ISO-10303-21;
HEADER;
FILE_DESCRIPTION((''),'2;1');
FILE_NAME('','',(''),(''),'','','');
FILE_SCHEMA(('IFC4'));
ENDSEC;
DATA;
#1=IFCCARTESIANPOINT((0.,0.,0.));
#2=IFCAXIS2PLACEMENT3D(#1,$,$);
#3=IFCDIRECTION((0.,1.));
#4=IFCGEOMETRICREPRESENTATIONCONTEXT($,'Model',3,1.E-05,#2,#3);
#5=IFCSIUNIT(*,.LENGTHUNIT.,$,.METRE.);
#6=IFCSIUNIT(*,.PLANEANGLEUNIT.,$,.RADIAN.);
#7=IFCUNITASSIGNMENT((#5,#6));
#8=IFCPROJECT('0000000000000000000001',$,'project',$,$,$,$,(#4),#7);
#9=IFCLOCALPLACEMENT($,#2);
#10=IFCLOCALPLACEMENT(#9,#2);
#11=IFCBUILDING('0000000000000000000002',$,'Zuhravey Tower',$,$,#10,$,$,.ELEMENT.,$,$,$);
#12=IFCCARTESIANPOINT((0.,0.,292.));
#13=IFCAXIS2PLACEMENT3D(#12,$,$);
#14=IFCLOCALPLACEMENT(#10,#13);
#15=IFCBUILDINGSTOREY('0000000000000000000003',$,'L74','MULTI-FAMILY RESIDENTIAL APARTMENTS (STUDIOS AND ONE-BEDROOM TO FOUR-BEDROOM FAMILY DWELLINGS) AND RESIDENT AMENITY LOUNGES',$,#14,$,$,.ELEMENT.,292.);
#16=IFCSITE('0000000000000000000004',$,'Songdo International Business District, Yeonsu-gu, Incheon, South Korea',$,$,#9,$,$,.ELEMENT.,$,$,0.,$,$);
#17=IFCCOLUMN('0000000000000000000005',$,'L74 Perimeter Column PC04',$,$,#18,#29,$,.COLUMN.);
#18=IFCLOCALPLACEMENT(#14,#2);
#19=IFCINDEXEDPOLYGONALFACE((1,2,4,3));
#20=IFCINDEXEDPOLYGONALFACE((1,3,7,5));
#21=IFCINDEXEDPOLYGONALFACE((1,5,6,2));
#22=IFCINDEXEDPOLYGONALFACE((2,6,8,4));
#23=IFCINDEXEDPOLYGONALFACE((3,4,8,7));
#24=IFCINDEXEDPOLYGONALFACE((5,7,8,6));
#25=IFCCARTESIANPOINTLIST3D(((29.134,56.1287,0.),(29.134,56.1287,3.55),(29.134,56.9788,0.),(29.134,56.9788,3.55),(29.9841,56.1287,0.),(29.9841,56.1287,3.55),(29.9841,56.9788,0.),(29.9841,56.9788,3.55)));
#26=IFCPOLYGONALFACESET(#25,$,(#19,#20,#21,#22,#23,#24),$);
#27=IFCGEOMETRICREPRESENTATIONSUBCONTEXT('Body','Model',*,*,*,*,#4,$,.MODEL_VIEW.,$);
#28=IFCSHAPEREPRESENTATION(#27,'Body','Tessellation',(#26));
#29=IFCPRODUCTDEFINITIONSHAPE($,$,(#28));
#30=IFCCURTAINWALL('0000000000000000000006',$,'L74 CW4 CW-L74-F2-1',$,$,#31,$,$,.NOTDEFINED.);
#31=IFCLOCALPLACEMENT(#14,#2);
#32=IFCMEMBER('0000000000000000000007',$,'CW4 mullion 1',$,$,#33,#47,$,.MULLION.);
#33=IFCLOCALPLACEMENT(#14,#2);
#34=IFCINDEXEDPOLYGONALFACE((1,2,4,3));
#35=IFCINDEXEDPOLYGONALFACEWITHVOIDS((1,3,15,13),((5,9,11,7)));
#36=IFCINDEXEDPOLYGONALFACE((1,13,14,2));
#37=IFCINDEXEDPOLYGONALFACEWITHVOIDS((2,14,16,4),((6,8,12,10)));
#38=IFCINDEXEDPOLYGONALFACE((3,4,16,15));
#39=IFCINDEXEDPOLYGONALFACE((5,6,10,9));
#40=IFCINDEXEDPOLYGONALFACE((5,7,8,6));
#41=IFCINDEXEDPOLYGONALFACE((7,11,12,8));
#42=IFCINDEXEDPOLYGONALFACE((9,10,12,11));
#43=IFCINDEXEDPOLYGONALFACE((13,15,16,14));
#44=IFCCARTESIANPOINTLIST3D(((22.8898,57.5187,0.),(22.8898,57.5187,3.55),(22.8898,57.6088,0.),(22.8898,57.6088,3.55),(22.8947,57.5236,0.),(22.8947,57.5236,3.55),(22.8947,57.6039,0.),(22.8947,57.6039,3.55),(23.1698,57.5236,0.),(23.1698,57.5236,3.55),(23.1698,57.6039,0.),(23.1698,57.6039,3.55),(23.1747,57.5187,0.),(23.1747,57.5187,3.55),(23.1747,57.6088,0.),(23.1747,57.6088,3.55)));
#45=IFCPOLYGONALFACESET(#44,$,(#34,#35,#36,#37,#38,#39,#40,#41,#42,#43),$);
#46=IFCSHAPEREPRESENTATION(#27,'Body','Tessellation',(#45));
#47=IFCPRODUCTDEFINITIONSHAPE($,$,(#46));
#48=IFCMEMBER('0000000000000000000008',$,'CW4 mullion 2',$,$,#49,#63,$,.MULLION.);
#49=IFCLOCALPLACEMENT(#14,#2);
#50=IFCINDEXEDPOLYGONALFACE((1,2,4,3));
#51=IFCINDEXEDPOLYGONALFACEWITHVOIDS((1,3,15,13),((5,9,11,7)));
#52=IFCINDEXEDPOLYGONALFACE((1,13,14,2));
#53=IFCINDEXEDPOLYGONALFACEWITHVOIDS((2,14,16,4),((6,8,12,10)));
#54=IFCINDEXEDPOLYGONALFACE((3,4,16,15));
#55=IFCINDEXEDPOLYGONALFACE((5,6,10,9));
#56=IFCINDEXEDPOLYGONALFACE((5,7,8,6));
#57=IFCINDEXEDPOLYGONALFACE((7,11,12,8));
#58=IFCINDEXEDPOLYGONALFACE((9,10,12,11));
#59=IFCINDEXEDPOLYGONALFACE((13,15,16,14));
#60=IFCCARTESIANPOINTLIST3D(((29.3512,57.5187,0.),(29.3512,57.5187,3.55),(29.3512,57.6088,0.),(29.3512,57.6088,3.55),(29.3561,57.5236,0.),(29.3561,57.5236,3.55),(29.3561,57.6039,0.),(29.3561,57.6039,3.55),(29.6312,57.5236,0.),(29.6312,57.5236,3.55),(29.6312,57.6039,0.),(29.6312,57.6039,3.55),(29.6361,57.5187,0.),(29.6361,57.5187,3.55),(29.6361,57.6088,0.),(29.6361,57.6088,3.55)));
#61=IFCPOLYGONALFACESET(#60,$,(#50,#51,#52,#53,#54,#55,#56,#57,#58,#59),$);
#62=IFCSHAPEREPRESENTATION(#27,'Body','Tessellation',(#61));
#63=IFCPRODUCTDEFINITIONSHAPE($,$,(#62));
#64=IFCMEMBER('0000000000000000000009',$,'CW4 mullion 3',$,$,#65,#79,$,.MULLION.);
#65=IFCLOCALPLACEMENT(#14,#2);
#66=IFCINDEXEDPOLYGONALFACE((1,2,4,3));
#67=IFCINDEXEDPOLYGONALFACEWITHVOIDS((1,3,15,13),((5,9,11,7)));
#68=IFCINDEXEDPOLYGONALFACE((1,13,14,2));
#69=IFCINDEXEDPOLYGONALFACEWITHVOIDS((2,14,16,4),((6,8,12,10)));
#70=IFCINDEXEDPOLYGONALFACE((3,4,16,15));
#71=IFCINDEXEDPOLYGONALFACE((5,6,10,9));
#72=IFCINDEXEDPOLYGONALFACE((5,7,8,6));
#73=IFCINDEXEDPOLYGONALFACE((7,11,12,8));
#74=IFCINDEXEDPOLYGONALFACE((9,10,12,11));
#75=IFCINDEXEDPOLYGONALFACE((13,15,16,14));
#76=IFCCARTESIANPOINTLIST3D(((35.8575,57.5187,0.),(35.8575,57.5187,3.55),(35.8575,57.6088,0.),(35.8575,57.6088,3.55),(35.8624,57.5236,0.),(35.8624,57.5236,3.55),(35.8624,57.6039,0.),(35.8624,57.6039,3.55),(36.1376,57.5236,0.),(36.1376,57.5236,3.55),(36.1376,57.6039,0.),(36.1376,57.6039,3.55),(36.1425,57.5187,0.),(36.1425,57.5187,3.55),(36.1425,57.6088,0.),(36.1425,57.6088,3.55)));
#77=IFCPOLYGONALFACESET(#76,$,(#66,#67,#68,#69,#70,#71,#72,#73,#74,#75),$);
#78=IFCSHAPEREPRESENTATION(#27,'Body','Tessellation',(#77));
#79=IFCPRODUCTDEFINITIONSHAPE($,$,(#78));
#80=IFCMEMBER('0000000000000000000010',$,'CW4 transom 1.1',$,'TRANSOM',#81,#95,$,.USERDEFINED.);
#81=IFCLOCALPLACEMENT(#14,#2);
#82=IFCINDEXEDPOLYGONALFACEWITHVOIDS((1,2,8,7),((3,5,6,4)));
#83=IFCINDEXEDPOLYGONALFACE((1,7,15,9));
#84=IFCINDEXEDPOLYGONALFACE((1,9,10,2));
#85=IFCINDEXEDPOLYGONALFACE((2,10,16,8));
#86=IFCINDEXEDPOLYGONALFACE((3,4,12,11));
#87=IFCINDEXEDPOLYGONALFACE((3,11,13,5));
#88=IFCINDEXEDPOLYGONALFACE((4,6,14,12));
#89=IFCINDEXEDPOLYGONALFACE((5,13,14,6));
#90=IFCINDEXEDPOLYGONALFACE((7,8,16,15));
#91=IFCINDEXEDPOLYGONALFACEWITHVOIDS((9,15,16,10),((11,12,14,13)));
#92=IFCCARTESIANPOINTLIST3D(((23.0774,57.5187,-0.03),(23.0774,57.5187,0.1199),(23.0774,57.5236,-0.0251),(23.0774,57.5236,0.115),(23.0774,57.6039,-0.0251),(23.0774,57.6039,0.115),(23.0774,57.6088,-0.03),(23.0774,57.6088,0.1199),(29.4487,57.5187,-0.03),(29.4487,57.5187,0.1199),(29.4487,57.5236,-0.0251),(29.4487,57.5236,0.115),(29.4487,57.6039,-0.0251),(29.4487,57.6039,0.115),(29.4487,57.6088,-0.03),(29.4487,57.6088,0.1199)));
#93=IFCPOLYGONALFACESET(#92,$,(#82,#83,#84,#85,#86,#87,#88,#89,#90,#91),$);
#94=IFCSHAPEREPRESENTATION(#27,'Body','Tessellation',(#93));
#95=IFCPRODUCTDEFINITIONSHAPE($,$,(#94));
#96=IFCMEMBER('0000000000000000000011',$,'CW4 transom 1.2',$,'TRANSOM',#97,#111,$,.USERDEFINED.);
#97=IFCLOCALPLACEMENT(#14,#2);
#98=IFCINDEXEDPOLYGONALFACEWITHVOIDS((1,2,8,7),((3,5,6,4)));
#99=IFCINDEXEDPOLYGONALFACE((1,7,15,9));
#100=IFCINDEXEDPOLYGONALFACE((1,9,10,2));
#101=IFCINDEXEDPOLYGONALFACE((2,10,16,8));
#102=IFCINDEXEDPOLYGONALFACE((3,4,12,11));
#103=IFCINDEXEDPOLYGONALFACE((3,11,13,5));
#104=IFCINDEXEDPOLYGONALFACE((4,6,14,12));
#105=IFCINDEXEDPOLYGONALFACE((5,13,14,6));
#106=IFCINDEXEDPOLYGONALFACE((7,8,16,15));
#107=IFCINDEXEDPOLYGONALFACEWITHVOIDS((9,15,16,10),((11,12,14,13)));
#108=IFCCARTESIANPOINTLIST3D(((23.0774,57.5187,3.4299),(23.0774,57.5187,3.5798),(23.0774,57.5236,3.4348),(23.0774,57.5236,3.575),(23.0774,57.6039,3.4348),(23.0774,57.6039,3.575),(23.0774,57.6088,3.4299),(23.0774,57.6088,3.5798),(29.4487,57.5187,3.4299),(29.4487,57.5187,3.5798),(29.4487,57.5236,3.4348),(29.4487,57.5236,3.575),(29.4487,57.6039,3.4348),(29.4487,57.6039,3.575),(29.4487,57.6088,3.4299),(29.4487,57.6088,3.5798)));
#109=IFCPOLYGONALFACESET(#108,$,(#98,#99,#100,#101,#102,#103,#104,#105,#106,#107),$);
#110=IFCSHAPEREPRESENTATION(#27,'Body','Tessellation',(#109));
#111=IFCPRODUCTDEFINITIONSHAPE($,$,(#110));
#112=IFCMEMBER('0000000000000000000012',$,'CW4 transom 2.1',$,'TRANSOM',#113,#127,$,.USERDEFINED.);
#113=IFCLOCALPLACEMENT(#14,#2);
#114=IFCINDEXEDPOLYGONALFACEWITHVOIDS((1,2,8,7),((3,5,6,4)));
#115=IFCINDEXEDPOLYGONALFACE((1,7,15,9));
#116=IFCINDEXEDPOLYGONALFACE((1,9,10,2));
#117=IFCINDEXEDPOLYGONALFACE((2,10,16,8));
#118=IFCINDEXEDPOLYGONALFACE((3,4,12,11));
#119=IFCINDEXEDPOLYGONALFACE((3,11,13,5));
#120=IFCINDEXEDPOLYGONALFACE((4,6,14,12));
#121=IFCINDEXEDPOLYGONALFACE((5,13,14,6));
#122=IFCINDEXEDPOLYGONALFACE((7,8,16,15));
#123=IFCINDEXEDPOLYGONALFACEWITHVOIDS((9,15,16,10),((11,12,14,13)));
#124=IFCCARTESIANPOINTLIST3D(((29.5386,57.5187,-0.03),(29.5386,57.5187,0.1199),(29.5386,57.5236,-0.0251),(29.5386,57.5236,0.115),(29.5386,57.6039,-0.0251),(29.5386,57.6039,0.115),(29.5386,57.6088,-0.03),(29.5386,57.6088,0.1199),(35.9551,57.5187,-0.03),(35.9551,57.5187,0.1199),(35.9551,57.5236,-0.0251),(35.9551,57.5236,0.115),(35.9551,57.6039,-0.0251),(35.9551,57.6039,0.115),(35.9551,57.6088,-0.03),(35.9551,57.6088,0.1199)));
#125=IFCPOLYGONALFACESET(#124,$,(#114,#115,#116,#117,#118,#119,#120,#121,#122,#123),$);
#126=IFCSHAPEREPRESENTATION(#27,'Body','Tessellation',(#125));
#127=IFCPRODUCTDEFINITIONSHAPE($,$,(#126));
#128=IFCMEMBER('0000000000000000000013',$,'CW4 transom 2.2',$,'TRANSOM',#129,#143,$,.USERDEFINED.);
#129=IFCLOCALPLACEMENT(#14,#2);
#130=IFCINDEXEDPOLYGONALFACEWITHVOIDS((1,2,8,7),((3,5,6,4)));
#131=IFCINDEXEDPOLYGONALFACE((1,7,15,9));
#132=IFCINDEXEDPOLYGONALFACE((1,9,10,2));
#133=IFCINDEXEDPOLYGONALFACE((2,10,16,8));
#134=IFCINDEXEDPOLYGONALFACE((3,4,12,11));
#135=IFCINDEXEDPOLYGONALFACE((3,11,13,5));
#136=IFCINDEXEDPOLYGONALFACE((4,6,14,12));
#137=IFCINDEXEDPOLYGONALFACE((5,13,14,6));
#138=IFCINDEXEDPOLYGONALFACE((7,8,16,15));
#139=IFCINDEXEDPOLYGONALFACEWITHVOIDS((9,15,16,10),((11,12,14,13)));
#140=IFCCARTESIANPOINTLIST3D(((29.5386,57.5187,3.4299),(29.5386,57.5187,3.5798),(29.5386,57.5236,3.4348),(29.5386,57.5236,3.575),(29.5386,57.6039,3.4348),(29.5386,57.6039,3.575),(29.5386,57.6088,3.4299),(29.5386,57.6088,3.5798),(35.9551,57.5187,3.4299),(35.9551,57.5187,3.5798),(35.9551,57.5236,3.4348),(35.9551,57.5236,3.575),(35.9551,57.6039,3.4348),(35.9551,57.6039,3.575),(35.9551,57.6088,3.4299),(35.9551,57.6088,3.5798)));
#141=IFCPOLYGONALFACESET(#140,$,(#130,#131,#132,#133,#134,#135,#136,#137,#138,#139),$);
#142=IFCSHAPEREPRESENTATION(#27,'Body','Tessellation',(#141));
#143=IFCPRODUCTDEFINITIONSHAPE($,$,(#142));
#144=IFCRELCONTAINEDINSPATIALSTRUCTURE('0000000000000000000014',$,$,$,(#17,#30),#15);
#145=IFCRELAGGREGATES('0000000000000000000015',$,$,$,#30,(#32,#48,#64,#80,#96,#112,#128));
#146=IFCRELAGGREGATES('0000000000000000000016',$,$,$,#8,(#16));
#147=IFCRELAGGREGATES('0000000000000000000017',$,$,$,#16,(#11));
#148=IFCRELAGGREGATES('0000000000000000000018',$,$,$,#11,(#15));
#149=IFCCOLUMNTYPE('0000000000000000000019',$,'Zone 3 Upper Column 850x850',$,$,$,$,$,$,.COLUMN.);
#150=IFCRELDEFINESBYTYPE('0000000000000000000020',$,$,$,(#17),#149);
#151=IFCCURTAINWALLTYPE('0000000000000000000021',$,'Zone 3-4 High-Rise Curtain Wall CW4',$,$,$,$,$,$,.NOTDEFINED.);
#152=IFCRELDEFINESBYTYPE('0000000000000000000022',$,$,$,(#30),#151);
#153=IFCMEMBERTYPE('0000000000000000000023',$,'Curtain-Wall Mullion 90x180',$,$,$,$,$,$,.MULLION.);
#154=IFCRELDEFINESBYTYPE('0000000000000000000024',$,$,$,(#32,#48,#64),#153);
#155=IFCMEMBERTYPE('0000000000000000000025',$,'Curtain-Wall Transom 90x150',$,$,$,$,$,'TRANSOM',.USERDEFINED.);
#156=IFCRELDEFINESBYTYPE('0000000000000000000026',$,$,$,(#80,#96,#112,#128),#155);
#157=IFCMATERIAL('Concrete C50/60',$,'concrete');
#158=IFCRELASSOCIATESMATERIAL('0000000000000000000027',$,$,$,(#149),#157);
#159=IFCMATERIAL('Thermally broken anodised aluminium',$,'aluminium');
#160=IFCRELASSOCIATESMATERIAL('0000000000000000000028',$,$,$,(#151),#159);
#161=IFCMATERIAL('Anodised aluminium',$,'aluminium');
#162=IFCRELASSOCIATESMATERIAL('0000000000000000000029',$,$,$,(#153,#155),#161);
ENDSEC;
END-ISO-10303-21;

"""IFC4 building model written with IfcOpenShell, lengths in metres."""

from ifc_helpers import new_model, si_unit, direction, frame, origin, origin_2d, place, context, subcontext, project, spatial, rectangle, hollow_rectangle, extrude, material, material_profile, profile_set, type_object, element, aggregate, save


model = new_model("IFC4")

# Units and contexts
model_context = context("Model", 3, precision=1e-05, world=origin(), true_north=direction((0.0, 1.0)))
body_context = subcontext(model_context, "Body", "Model", "MODEL_VIEW")
ifc_project = project(units=[si_unit("LENGTHUNIT", "METRE"), si_unit("PLANEANGLEUNIT", "RADIAN")], contexts=[model_context])

# Site, building, storey
site_placement = place(None, origin())
site = spatial("IfcSite", under=ifc_project, at=site_placement, Name="Songdo International Business District, Yeonsu-gu, Incheon, South Korea", CompositionType="ELEMENT", RefElevation=0.0)
building_placement = place(site_placement, origin())
building = spatial("IfcBuilding", under=site, at=building_placement, Name="Zuhravey Tower", CompositionType="ELEMENT")
storey_placement = place(building_placement, frame((0.0, 0.0, 292.0)))
storey = spatial("IfcBuildingStorey", under=building, at=storey_placement, Name="L74", Description="MULTI-FAMILY RESIDENTIAL APARTMENTS (STUDIOS AND ONE-BEDROOM TO FOUR-BEDROOM FAMILY DWELLINGS) AND RESIDENT AMENITY LOUNGES", CompositionType="ELEMENT", Elevation=292.0)

# Column
ifc_material_1 = material(Name="Concrete C50/60", Category="concrete")
ifc_material_profile_1 = material_profile(ifc_material_1, rectangle(XDim=0.8501, YDim=0.8501, at=origin_2d()), Name="RC-850x850")
ifc_profile_set_1 = profile_set([ifc_material_profile_1], Name="Concrete C50/60")
column_type = type_object("IfcColumnType", Name="Zone 3 Upper Column 850x850", PredefinedType="COLUMN", material=ifc_profile_set_1)
column_placement = place(storey_placement, frame((29.5591, 56.5537, 0.0), z_axis=(0.0, 0.0, 1.0), x_axis=(-1.0, 0.0, 0.0)))
element("IfcColumn", 1, at=column_placement, inside=storey, type_object=column_type, Name="L74 Perimeter Column PC04", PredefinedType="COLUMN", context=body_context, shape_type="SweptSolid", body=[
    extrude(rectangle(XDim=0.8501, YDim=0.8501, at=origin_2d()), origin(), (0.0, 0.0, 1.0), 3.55),
])

# Curtain wall, members
ifc_material_2 = material(Name="Thermally broken anodised aluminium", Category="aluminium")
curtain_wall_type = type_object("IfcCurtainWallType", Name="Zone 3-4 High-Rise Curtain Wall CW4", PredefinedType="NOTDEFINED", material=ifc_material_2)
curtain_wall_placement = place(storey_placement, origin())
curtain_wall = element("IfcCurtainWall", 2, at=curtain_wall_placement, inside=storey, type_object=curtain_wall_type, Name="L74 CW4 CW-L74-F2-1", PredefinedType="NOTDEFINED")
ifc_material_3 = material(Name="Anodised aluminium", Category="aluminium")
ifc_material_profile_2 = material_profile(ifc_material_3, hollow_rectangle(XDim=0.0901, YDim=0.2849, WallThickness=0.0049, at=origin_2d()), Name="ALU-RHS-90x285x5")
ifc_profile_set_2 = profile_set([ifc_material_profile_2], Name="Anodised aluminium")
member_type_1 = type_object("IfcMemberType", Name="Curtain-Wall Mullion 90x180", PredefinedType="MULLION", material=ifc_profile_set_2)
member_1_placement = place(storey_placement, frame((23.0322, 57.5637, 0.0), z_axis=(0.0, 0.0, 1.0), x_axis=(0.0, 1.0, 0.0)))
member_1 = element("IfcMember", 3, at=member_1_placement, type_object=member_type_1, Name="CW4 mullion 1", PredefinedType="MULLION", context=body_context, shape_type="SweptSolid", body=[
    extrude(hollow_rectangle(XDim=0.0901, YDim=0.2849, WallThickness=0.0049, at=origin_2d()), origin(), (0.0, 0.0, 1.0), 3.55),
])
member_2_placement = place(storey_placement, frame((29.4937, 57.5637, 0.0), z_axis=(0.0, 0.0, 1.0), x_axis=(0.0, 1.0, 0.0)))
member_2 = element("IfcMember", 4, at=member_2_placement, type_object=member_type_1, Name="CW4 mullion 2", PredefinedType="MULLION", context=body_context, shape_type="SweptSolid", body=[
    extrude(hollow_rectangle(XDim=0.0901, YDim=0.2849, WallThickness=0.0049, at=origin_2d()), origin(), (0.0, 0.0, 1.0), 3.55),
])
member_3_placement = place(storey_placement, frame((36.0, 57.5637, 0.0), z_axis=(0.0, 0.0, 1.0), x_axis=(0.0, 1.0, 0.0)))
member_3 = element("IfcMember", 5, at=member_3_placement, type_object=member_type_1, Name="CW4 mullion 3", PredefinedType="MULLION", context=body_context, shape_type="SweptSolid", body=[
    extrude(hollow_rectangle(XDim=0.0901, YDim=0.2849, WallThickness=0.0049, at=origin_2d()), origin(), (0.0, 0.0, 1.0), 3.55),
])
ifc_material_profile_3 = material_profile(ifc_material_3, hollow_rectangle(XDim=0.0901, YDim=0.1499, WallThickness=0.0049, at=origin_2d()), Name="ALU-RHS-90x150x5")
ifc_profile_set_3 = profile_set([ifc_material_profile_3], Name="Anodised aluminium")
member_type_2 = type_object("IfcMemberType", Name="Curtain-Wall Transom 90x150", ElementType="TRANSOM", PredefinedType="USERDEFINED", material=ifc_profile_set_3)
member_4_placement = place(storey_placement, frame((23.0774, 57.5637, 0.0449), z_axis=(1.0, 0.0, 0.0), x_axis=(0.0, 1.0, 0.0)))
member_4 = element("IfcMember", 6, at=member_4_placement, type_object=member_type_2, Name="CW4 transom 1.1", ObjectType="TRANSOM", PredefinedType="USERDEFINED", context=body_context, shape_type="SweptSolid", body=[
    extrude(hollow_rectangle(XDim=0.0901, YDim=0.1499, WallThickness=0.0049, at=origin_2d()), origin(), (0.0, 0.0, 1.0), 6.3713),
])
member_5_placement = place(storey_placement, frame((23.0774, 57.5637, 3.5049), z_axis=(1.0, 0.0, 0.0), x_axis=(0.0, 1.0, 0.0)))
member_5 = element("IfcMember", 7, at=member_5_placement, type_object=member_type_2, Name="CW4 transom 1.2", ObjectType="TRANSOM", PredefinedType="USERDEFINED", context=body_context, shape_type="SweptSolid", body=[
    extrude(hollow_rectangle(XDim=0.0901, YDim=0.1499, WallThickness=0.0049, at=origin_2d()), origin(), (0.0, 0.0, 1.0), 6.3713),
])
member_6_placement = place(storey_placement, frame((29.5386, 57.5637, 0.0449), z_axis=(1.0, 0.0, 0.0), x_axis=(0.0, 1.0, 0.0)))
member_6 = element("IfcMember", 8, at=member_6_placement, type_object=member_type_2, Name="CW4 transom 2.1", ObjectType="TRANSOM", PredefinedType="USERDEFINED", context=body_context, shape_type="SweptSolid", body=[
    extrude(hollow_rectangle(XDim=0.0901, YDim=0.1499, WallThickness=0.0049, at=origin_2d()), origin(), (0.0, 0.0, 1.0), 6.4165),
])
member_7_placement = place(storey_placement, frame((29.5386, 57.5637, 3.5049), z_axis=(1.0, 0.0, 0.0), x_axis=(0.0, 1.0, 0.0)))
member_7 = element("IfcMember", 9, at=member_7_placement, type_object=member_type_2, Name="CW4 transom 2.2", ObjectType="TRANSOM", PredefinedType="USERDEFINED", context=body_context, shape_type="SweptSolid", body=[
    extrude(hollow_rectangle(XDim=0.0901, YDim=0.1499, WallThickness=0.0049, at=origin_2d()), origin(), (0.0, 0.0, 1.0), 6.4165),
])

aggregate(curtain_wall, [member_1, member_2, member_3, member_4, member_5, member_6, member_7])

save(model, "model.ifc")
